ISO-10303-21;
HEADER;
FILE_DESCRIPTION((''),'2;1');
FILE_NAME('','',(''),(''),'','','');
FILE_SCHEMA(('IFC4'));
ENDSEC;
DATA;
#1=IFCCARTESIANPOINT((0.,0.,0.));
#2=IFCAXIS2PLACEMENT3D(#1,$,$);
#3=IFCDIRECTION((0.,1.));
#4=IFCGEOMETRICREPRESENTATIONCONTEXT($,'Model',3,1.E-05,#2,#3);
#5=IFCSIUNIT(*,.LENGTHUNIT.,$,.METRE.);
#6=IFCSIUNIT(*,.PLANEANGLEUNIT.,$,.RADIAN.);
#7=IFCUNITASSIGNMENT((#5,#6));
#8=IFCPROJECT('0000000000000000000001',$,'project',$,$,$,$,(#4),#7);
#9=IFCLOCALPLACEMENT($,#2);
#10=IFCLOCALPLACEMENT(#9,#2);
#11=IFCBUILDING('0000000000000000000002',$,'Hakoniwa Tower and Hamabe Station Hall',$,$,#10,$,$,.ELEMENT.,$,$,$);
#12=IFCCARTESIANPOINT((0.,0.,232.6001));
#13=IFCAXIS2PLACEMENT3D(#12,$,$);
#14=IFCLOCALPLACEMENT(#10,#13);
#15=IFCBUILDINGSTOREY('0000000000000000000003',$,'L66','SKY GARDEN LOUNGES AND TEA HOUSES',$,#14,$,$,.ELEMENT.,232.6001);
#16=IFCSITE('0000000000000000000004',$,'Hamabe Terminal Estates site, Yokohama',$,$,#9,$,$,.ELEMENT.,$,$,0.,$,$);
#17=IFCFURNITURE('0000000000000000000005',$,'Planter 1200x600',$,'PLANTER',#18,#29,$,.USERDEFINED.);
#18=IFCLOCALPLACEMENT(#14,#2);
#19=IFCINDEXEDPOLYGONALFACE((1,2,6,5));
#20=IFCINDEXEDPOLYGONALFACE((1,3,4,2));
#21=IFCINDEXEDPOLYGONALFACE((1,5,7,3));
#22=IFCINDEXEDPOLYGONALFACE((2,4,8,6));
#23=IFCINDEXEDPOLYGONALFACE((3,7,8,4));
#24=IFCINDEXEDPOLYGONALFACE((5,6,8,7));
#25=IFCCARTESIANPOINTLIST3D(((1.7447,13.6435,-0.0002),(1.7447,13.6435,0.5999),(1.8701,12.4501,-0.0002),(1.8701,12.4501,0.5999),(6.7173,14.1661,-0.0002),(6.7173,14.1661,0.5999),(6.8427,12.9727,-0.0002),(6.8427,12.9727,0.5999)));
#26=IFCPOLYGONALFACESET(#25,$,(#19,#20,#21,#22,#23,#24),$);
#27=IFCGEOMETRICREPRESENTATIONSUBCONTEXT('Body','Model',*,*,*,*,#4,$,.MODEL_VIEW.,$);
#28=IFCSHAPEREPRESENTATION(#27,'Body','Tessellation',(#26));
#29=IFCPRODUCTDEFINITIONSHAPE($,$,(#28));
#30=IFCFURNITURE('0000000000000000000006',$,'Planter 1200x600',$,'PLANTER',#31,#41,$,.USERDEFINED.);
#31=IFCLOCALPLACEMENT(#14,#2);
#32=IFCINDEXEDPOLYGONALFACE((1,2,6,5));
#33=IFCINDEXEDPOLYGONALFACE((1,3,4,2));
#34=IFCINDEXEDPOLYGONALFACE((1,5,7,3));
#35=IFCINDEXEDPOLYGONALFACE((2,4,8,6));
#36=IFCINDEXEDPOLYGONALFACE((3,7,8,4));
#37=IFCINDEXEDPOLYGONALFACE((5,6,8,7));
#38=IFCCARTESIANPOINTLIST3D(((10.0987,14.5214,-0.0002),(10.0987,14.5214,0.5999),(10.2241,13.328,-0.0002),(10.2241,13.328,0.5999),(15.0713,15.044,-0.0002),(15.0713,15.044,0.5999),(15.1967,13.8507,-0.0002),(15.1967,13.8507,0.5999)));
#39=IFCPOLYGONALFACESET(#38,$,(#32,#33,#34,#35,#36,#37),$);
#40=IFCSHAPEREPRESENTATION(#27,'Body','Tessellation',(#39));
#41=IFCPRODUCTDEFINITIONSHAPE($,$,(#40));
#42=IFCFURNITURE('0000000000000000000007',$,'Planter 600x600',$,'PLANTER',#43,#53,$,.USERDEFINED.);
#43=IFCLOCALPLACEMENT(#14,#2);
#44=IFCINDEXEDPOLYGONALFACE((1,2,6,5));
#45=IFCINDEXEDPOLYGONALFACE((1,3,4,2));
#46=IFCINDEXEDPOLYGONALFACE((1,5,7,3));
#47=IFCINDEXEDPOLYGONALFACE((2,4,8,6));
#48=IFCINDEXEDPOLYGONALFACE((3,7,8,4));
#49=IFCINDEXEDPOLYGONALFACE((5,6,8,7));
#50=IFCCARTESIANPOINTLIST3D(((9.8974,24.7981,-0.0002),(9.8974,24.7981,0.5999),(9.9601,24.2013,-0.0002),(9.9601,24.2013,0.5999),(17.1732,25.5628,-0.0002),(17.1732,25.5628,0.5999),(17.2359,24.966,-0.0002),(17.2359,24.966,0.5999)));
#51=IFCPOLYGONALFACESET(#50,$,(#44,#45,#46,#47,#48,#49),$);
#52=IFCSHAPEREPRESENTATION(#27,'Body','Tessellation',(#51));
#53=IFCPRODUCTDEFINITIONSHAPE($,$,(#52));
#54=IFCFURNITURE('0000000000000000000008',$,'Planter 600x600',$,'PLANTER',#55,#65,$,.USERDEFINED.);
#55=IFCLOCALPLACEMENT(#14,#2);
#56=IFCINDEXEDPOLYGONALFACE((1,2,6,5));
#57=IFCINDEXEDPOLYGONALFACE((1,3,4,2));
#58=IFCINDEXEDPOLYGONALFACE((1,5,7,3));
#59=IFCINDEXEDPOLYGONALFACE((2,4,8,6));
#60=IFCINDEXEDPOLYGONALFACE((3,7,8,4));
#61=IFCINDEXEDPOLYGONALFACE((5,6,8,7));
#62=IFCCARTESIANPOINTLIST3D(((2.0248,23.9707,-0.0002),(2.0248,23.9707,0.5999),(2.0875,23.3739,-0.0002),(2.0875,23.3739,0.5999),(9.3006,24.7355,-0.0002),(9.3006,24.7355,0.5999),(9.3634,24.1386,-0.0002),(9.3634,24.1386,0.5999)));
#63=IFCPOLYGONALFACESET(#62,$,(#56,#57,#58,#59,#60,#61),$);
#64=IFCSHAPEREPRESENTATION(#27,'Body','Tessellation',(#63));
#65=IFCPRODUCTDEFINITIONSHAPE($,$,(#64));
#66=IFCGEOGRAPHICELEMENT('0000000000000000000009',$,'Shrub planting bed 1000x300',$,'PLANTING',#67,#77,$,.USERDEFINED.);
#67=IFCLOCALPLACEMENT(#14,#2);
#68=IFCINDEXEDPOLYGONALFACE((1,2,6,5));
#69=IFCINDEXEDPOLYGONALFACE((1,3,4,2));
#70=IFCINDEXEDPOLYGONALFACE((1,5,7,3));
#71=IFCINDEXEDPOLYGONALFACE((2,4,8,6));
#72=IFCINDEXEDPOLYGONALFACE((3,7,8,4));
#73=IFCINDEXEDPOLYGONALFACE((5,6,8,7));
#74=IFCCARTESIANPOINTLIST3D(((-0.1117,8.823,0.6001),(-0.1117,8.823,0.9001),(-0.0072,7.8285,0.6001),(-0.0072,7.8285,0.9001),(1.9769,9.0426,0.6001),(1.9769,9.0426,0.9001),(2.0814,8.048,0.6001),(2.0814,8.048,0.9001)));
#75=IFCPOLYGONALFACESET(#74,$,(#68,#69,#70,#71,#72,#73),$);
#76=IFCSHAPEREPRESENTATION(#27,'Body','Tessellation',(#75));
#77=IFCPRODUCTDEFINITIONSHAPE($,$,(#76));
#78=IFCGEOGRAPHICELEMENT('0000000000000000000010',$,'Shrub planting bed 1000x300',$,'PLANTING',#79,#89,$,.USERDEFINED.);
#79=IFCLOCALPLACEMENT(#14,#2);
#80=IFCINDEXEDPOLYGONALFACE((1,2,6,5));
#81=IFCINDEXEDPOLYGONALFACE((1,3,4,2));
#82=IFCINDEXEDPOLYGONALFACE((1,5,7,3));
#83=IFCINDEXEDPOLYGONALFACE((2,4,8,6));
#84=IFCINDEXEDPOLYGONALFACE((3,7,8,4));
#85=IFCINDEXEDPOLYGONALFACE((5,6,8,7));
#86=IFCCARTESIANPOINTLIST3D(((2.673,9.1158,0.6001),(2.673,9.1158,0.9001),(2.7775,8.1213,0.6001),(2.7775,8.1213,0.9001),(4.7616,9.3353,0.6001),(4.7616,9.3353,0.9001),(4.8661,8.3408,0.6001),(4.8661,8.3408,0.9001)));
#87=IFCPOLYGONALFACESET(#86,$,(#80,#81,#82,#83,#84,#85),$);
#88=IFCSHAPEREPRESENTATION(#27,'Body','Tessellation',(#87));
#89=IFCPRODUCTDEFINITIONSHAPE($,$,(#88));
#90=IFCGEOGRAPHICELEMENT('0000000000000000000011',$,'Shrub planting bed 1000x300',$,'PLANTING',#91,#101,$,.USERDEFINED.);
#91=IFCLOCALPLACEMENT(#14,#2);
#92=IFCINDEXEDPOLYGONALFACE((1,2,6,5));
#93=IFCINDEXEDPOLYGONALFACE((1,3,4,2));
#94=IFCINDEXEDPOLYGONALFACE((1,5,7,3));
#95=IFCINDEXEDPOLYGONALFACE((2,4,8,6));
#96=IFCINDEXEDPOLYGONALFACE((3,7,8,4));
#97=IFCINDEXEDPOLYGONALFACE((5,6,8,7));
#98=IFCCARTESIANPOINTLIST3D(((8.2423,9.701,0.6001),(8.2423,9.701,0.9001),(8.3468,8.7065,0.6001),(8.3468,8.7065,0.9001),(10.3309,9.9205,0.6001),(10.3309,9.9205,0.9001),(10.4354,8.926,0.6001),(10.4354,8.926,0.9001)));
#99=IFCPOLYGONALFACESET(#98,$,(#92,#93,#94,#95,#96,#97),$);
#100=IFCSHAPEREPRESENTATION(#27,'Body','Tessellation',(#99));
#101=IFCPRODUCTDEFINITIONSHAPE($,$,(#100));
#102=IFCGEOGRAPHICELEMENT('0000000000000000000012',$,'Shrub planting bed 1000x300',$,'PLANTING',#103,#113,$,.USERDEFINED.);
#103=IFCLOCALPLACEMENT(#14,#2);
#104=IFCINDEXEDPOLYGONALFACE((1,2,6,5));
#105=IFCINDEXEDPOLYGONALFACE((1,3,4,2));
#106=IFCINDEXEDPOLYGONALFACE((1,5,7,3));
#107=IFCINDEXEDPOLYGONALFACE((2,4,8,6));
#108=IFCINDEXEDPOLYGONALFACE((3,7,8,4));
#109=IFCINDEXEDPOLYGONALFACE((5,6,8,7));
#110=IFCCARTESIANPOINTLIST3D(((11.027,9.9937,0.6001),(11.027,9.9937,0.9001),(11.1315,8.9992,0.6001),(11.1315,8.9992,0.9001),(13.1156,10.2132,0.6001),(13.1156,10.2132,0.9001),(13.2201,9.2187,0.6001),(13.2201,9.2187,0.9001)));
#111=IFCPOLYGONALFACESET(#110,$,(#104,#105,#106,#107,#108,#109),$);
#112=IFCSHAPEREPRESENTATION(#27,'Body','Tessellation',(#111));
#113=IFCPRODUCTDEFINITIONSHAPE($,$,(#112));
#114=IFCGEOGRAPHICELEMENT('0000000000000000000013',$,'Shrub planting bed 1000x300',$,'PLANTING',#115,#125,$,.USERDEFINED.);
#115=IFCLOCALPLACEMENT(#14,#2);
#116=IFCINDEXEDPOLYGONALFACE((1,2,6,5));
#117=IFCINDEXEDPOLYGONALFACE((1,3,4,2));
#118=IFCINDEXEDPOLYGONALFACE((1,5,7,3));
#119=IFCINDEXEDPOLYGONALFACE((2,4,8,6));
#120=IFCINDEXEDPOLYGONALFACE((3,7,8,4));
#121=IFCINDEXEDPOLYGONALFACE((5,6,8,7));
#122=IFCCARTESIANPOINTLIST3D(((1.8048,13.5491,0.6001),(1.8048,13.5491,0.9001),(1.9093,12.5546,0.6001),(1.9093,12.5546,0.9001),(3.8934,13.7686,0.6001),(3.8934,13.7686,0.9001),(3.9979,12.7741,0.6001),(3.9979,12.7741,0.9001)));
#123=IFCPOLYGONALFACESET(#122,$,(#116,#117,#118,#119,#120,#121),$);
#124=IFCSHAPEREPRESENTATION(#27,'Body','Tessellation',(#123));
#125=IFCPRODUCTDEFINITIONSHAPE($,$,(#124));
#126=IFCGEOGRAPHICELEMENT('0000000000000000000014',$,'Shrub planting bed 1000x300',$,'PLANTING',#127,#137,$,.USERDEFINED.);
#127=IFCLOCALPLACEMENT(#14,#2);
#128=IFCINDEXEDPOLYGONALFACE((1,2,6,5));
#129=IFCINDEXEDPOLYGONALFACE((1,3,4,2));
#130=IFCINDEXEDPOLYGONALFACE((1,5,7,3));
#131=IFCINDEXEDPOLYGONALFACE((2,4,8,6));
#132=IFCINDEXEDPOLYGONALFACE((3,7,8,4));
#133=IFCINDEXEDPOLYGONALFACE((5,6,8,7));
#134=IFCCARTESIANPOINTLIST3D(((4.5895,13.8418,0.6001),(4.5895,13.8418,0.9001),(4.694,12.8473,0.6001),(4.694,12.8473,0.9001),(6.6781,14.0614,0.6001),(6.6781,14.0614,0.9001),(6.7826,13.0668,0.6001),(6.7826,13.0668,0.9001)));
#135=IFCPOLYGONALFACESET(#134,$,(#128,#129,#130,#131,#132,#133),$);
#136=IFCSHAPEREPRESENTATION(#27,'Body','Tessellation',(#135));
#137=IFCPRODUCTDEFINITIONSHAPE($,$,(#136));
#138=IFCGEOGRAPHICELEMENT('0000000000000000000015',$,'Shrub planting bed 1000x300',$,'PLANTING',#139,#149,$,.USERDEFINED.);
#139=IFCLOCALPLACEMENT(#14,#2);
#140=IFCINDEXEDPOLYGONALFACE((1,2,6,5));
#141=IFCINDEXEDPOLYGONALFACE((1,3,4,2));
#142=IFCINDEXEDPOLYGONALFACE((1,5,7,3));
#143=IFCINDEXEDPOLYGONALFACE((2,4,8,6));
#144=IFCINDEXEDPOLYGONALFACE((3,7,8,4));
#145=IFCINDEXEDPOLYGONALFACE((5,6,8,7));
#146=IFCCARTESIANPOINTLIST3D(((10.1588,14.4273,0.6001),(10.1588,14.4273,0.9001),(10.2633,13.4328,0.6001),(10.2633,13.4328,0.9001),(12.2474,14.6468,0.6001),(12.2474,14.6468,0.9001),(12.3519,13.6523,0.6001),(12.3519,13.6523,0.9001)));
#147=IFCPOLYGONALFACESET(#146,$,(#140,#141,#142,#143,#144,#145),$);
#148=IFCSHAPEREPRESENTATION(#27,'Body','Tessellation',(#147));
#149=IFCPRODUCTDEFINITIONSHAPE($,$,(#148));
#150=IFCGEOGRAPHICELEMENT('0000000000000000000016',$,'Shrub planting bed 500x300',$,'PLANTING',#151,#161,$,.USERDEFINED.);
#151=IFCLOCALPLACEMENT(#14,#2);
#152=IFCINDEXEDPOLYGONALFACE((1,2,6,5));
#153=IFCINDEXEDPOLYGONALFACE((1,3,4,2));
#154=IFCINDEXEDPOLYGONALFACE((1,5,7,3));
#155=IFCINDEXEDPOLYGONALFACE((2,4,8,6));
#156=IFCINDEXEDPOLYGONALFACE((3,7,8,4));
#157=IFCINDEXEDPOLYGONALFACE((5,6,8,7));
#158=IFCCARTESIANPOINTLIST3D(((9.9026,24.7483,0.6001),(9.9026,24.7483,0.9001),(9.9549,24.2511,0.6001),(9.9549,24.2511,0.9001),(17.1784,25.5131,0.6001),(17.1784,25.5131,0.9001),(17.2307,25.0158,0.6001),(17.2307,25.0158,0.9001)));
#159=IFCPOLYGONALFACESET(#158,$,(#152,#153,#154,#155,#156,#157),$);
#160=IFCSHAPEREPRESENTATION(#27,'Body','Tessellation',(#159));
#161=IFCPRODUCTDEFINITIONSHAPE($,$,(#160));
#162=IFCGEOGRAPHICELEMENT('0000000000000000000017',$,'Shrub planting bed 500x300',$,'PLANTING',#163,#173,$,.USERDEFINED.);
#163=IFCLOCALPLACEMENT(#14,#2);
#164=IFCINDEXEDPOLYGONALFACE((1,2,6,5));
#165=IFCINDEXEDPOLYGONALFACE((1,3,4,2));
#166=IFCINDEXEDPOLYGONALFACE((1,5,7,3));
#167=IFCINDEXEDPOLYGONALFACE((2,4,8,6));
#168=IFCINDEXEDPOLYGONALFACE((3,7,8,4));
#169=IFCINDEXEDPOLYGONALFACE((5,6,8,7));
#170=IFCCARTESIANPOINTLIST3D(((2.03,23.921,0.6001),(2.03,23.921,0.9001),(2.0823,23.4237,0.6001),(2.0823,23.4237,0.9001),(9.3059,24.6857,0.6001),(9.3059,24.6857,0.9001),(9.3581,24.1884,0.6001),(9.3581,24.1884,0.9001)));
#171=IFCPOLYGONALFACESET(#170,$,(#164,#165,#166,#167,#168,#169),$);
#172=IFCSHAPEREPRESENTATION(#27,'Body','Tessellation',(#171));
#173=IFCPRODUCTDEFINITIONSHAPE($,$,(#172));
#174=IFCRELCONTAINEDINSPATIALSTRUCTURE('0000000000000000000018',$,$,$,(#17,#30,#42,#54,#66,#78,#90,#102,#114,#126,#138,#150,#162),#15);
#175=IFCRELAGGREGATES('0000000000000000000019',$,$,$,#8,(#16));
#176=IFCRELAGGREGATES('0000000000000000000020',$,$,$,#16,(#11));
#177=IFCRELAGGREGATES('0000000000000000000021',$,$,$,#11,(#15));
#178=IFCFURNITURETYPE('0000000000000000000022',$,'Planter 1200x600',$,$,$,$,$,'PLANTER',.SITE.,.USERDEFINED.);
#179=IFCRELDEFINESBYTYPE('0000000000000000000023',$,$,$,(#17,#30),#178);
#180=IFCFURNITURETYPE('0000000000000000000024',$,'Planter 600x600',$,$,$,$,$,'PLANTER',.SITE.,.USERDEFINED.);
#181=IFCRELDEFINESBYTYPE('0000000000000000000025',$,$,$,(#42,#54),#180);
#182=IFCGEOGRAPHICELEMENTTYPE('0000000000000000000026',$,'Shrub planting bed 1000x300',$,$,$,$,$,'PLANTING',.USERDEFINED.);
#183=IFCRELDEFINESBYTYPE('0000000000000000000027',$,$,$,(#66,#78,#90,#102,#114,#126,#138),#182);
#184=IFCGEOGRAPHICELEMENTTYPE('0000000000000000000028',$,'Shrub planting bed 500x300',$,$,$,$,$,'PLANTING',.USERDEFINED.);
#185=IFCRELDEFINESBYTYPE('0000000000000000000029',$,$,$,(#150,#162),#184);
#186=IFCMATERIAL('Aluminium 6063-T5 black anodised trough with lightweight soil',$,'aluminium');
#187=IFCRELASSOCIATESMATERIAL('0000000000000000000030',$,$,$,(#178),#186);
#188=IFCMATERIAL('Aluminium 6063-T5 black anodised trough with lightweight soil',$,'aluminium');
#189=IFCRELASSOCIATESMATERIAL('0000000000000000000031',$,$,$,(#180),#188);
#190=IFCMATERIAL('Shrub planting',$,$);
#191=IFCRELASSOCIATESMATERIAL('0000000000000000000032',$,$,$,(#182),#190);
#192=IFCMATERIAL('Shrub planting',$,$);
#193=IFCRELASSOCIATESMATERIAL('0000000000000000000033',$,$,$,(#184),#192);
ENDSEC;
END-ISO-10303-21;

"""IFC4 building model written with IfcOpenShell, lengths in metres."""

from ifc_helpers import new_model, si_unit, direction, frame, origin, origin_2d, place, context, subcontext, project, spatial, rectangle, extrude, material, type_object, element, save


model = new_model("IFC4")

# Units and contexts
model_context = context("Model", 3, precision=1e-05, world=origin(), true_north=direction((0.0, 1.0)))
body_context = subcontext(model_context, "Body", "Model", "MODEL_VIEW")
ifc_project = project(units=[si_unit("LENGTHUNIT", "METRE"), si_unit("PLANEANGLEUNIT", "RADIAN")], contexts=[model_context])

# Site, building, storey
site_placement = place(None, origin())
site = spatial("IfcSite", under=ifc_project, at=site_placement, Name="Hamabe Terminal Estates site, Yokohama", CompositionType="ELEMENT", RefElevation=0.0)
building_placement = place(site_placement, origin())
building = spatial("IfcBuilding", under=site, at=building_placement, Name="Hakoniwa Tower and Hamabe Station Hall", CompositionType="ELEMENT")
storey_placement = place(building_placement, frame((0.0, 0.0, 232.6001)))
storey = spatial("IfcBuildingStorey", under=building, at=storey_placement, Name="L66", Description="SKY GARDEN LOUNGES AND TEA HOUSES", CompositionType="ELEMENT", Elevation=232.6001)

# Furniture
ifc_material_1 = material(Name="Aluminium 6063-T5 black anodised trough with lightweight soil", Category="aluminium")
furniture_type_1 = type_object("IfcFurnitureType", Name="Planter 1200x600", ElementType="PLANTER", AssemblyPlace="SITE", PredefinedType="USERDEFINED", material=ifc_material_1)
for number, where, z_axis, x_axis, name in (
    (1, (4.2937, 13.3081, -0.0002), (0.0, 0.0, 1.0), (0.994522, 0.104528, 0.0), "Planter 1200x600"),
    (2, (12.6477, 14.186, -0.0002), (0.0, 0.0, 1.0), (0.994522, 0.104528, 0.0), "Planter 1200x600"),
):
    element("IfcFurniture", number, at=place(storey_placement, frame(where, z_axis=z_axis, x_axis=x_axis)), inside=storey, type_object=furniture_type_1, Name=name, ObjectType="PLANTER", PredefinedType="USERDEFINED", context=body_context, shape_type="SweptSolid", body=[
        extrude(rectangle(XDim=5.0, YDim=1.2, at=origin_2d()), origin(), (0.0, 0.0, 1.0), 0.6001),
    ])
ifc_material_2 = material(Name="Aluminium 6063-T5 black anodised trough with lightweight soil", Category="aluminium")
furniture_type_2 = type_object("IfcFurnitureType", Name="Planter 600x600", ElementType="PLANTER", AssemblyPlace="SITE", PredefinedType="USERDEFINED", material=ifc_material_2)
for number, where, z_axis, x_axis, name in (
    (3, (13.5667, 24.8821, -0.0002), (0.0, 0.0, 1.0), (-0.994522, -0.104528, 0.0), "Planter 600x600"),
    (4, (5.6941, 24.0547, -0.0002), (0.0, 0.0, 1.0), (-0.994522, -0.104528, 0.0), "Planter 600x600"),
):
    element("IfcFurniture", number, at=place(storey_placement, frame(where, z_axis=z_axis, x_axis=x_axis)), inside=storey, type_object=furniture_type_2, Name=name, ObjectType="PLANTER", PredefinedType="USERDEFINED", context=body_context, shape_type="SweptSolid", body=[
        extrude(rectangle(XDim=7.3159, YDim=0.6001, at=origin_2d()), origin(), (0.0, 0.0, 1.0), 0.6001),
    ])

# Geographic elements
ifc_material_3 = material(Name="Shrub planting")
geographic_element_type_1 = type_object("IfcGeographicElementType", Name="Shrub planting bed 1000x300", ElementType="PLANTING", PredefinedType="USERDEFINED", material=ifc_material_3)
for number, where, z_axis, x_axis, name in (
    (5, (0.9849, 8.4355, 0.6001), (0.0, 0.0, 1.0), (0.994522, 0.104528, 0.0), "Shrub planting bed 1000x300"),
    (6, (3.7695, 8.7283, 0.6001), (0.0, 0.0, 1.0), (0.994522, 0.104528, 0.0), "Shrub planting bed 1000x300"),
    (7, (9.3389, 9.3135, 0.6001), (0.0, 0.0, 1.0), (0.994522, 0.104528, 0.0), "Shrub planting bed 1000x300"),
    (8, (12.1235, 9.6062, 0.6001), (0.0, 0.0, 1.0), (0.994522, 0.104528, 0.0), "Shrub planting bed 1000x300"),
    (9, (2.9014, 13.1616, 0.6001), (0.0, 0.0, 1.0), (0.994522, 0.104528, 0.0), "Shrub planting bed 1000x300"),
    (10, (5.686, 13.4543, 0.6001), (0.0, 0.0, 1.0), (0.994522, 0.104528, 0.0), "Shrub planting bed 1000x300"),
    (11, (11.2554, 14.0398, 0.6001), (0.0, 0.0, 1.0), (0.994522, 0.104528, 0.0), "Shrub planting bed 1000x300"),
):
    element("IfcGeographicElement", number, at=place(storey_placement, frame(where, z_axis=z_axis, x_axis=x_axis)), inside=storey, type_object=geographic_element_type_1, Name=name, ObjectType="PLANTING", PredefinedType="USERDEFINED", context=body_context, shape_type="SweptSolid", body=[
        extrude(rectangle(XDim=2.1001, YDim=1.0, at=origin_2d()), origin(), (0.0, 0.0, 1.0), 0.3),
    ])
ifc_material_4 = material(Name="Shrub planting")
geographic_element_type_2 = type_object("IfcGeographicElementType", Name="Shrub planting bed 500x300", ElementType="PLANTING", PredefinedType="USERDEFINED", material=ifc_material_4)
for number, where, z_axis, x_axis, name in (
    (12, (13.5667, 24.8821, 0.6001), (0.0, 0.0, 1.0), (-0.994522, -0.104528, 0.0), "Shrub planting bed 500x300"),
    (13, (5.6941, 24.0547, 0.6001), (0.0, 0.0, 1.0), (-0.994522, -0.104528, 0.0), "Shrub planting bed 500x300"),
):
    element("IfcGeographicElement", number, at=place(storey_placement, frame(where, z_axis=z_axis, x_axis=x_axis)), inside=storey, type_object=geographic_element_type_2, Name=name, ObjectType="PLANTING", PredefinedType="USERDEFINED", context=body_context, shape_type="SweptSolid", body=[
        extrude(rectangle(XDim=7.3159, YDim=0.5, at=origin_2d()), origin(), (0.0, 0.0, 1.0), 0.3),
    ])

save(model, "model.ifc")
